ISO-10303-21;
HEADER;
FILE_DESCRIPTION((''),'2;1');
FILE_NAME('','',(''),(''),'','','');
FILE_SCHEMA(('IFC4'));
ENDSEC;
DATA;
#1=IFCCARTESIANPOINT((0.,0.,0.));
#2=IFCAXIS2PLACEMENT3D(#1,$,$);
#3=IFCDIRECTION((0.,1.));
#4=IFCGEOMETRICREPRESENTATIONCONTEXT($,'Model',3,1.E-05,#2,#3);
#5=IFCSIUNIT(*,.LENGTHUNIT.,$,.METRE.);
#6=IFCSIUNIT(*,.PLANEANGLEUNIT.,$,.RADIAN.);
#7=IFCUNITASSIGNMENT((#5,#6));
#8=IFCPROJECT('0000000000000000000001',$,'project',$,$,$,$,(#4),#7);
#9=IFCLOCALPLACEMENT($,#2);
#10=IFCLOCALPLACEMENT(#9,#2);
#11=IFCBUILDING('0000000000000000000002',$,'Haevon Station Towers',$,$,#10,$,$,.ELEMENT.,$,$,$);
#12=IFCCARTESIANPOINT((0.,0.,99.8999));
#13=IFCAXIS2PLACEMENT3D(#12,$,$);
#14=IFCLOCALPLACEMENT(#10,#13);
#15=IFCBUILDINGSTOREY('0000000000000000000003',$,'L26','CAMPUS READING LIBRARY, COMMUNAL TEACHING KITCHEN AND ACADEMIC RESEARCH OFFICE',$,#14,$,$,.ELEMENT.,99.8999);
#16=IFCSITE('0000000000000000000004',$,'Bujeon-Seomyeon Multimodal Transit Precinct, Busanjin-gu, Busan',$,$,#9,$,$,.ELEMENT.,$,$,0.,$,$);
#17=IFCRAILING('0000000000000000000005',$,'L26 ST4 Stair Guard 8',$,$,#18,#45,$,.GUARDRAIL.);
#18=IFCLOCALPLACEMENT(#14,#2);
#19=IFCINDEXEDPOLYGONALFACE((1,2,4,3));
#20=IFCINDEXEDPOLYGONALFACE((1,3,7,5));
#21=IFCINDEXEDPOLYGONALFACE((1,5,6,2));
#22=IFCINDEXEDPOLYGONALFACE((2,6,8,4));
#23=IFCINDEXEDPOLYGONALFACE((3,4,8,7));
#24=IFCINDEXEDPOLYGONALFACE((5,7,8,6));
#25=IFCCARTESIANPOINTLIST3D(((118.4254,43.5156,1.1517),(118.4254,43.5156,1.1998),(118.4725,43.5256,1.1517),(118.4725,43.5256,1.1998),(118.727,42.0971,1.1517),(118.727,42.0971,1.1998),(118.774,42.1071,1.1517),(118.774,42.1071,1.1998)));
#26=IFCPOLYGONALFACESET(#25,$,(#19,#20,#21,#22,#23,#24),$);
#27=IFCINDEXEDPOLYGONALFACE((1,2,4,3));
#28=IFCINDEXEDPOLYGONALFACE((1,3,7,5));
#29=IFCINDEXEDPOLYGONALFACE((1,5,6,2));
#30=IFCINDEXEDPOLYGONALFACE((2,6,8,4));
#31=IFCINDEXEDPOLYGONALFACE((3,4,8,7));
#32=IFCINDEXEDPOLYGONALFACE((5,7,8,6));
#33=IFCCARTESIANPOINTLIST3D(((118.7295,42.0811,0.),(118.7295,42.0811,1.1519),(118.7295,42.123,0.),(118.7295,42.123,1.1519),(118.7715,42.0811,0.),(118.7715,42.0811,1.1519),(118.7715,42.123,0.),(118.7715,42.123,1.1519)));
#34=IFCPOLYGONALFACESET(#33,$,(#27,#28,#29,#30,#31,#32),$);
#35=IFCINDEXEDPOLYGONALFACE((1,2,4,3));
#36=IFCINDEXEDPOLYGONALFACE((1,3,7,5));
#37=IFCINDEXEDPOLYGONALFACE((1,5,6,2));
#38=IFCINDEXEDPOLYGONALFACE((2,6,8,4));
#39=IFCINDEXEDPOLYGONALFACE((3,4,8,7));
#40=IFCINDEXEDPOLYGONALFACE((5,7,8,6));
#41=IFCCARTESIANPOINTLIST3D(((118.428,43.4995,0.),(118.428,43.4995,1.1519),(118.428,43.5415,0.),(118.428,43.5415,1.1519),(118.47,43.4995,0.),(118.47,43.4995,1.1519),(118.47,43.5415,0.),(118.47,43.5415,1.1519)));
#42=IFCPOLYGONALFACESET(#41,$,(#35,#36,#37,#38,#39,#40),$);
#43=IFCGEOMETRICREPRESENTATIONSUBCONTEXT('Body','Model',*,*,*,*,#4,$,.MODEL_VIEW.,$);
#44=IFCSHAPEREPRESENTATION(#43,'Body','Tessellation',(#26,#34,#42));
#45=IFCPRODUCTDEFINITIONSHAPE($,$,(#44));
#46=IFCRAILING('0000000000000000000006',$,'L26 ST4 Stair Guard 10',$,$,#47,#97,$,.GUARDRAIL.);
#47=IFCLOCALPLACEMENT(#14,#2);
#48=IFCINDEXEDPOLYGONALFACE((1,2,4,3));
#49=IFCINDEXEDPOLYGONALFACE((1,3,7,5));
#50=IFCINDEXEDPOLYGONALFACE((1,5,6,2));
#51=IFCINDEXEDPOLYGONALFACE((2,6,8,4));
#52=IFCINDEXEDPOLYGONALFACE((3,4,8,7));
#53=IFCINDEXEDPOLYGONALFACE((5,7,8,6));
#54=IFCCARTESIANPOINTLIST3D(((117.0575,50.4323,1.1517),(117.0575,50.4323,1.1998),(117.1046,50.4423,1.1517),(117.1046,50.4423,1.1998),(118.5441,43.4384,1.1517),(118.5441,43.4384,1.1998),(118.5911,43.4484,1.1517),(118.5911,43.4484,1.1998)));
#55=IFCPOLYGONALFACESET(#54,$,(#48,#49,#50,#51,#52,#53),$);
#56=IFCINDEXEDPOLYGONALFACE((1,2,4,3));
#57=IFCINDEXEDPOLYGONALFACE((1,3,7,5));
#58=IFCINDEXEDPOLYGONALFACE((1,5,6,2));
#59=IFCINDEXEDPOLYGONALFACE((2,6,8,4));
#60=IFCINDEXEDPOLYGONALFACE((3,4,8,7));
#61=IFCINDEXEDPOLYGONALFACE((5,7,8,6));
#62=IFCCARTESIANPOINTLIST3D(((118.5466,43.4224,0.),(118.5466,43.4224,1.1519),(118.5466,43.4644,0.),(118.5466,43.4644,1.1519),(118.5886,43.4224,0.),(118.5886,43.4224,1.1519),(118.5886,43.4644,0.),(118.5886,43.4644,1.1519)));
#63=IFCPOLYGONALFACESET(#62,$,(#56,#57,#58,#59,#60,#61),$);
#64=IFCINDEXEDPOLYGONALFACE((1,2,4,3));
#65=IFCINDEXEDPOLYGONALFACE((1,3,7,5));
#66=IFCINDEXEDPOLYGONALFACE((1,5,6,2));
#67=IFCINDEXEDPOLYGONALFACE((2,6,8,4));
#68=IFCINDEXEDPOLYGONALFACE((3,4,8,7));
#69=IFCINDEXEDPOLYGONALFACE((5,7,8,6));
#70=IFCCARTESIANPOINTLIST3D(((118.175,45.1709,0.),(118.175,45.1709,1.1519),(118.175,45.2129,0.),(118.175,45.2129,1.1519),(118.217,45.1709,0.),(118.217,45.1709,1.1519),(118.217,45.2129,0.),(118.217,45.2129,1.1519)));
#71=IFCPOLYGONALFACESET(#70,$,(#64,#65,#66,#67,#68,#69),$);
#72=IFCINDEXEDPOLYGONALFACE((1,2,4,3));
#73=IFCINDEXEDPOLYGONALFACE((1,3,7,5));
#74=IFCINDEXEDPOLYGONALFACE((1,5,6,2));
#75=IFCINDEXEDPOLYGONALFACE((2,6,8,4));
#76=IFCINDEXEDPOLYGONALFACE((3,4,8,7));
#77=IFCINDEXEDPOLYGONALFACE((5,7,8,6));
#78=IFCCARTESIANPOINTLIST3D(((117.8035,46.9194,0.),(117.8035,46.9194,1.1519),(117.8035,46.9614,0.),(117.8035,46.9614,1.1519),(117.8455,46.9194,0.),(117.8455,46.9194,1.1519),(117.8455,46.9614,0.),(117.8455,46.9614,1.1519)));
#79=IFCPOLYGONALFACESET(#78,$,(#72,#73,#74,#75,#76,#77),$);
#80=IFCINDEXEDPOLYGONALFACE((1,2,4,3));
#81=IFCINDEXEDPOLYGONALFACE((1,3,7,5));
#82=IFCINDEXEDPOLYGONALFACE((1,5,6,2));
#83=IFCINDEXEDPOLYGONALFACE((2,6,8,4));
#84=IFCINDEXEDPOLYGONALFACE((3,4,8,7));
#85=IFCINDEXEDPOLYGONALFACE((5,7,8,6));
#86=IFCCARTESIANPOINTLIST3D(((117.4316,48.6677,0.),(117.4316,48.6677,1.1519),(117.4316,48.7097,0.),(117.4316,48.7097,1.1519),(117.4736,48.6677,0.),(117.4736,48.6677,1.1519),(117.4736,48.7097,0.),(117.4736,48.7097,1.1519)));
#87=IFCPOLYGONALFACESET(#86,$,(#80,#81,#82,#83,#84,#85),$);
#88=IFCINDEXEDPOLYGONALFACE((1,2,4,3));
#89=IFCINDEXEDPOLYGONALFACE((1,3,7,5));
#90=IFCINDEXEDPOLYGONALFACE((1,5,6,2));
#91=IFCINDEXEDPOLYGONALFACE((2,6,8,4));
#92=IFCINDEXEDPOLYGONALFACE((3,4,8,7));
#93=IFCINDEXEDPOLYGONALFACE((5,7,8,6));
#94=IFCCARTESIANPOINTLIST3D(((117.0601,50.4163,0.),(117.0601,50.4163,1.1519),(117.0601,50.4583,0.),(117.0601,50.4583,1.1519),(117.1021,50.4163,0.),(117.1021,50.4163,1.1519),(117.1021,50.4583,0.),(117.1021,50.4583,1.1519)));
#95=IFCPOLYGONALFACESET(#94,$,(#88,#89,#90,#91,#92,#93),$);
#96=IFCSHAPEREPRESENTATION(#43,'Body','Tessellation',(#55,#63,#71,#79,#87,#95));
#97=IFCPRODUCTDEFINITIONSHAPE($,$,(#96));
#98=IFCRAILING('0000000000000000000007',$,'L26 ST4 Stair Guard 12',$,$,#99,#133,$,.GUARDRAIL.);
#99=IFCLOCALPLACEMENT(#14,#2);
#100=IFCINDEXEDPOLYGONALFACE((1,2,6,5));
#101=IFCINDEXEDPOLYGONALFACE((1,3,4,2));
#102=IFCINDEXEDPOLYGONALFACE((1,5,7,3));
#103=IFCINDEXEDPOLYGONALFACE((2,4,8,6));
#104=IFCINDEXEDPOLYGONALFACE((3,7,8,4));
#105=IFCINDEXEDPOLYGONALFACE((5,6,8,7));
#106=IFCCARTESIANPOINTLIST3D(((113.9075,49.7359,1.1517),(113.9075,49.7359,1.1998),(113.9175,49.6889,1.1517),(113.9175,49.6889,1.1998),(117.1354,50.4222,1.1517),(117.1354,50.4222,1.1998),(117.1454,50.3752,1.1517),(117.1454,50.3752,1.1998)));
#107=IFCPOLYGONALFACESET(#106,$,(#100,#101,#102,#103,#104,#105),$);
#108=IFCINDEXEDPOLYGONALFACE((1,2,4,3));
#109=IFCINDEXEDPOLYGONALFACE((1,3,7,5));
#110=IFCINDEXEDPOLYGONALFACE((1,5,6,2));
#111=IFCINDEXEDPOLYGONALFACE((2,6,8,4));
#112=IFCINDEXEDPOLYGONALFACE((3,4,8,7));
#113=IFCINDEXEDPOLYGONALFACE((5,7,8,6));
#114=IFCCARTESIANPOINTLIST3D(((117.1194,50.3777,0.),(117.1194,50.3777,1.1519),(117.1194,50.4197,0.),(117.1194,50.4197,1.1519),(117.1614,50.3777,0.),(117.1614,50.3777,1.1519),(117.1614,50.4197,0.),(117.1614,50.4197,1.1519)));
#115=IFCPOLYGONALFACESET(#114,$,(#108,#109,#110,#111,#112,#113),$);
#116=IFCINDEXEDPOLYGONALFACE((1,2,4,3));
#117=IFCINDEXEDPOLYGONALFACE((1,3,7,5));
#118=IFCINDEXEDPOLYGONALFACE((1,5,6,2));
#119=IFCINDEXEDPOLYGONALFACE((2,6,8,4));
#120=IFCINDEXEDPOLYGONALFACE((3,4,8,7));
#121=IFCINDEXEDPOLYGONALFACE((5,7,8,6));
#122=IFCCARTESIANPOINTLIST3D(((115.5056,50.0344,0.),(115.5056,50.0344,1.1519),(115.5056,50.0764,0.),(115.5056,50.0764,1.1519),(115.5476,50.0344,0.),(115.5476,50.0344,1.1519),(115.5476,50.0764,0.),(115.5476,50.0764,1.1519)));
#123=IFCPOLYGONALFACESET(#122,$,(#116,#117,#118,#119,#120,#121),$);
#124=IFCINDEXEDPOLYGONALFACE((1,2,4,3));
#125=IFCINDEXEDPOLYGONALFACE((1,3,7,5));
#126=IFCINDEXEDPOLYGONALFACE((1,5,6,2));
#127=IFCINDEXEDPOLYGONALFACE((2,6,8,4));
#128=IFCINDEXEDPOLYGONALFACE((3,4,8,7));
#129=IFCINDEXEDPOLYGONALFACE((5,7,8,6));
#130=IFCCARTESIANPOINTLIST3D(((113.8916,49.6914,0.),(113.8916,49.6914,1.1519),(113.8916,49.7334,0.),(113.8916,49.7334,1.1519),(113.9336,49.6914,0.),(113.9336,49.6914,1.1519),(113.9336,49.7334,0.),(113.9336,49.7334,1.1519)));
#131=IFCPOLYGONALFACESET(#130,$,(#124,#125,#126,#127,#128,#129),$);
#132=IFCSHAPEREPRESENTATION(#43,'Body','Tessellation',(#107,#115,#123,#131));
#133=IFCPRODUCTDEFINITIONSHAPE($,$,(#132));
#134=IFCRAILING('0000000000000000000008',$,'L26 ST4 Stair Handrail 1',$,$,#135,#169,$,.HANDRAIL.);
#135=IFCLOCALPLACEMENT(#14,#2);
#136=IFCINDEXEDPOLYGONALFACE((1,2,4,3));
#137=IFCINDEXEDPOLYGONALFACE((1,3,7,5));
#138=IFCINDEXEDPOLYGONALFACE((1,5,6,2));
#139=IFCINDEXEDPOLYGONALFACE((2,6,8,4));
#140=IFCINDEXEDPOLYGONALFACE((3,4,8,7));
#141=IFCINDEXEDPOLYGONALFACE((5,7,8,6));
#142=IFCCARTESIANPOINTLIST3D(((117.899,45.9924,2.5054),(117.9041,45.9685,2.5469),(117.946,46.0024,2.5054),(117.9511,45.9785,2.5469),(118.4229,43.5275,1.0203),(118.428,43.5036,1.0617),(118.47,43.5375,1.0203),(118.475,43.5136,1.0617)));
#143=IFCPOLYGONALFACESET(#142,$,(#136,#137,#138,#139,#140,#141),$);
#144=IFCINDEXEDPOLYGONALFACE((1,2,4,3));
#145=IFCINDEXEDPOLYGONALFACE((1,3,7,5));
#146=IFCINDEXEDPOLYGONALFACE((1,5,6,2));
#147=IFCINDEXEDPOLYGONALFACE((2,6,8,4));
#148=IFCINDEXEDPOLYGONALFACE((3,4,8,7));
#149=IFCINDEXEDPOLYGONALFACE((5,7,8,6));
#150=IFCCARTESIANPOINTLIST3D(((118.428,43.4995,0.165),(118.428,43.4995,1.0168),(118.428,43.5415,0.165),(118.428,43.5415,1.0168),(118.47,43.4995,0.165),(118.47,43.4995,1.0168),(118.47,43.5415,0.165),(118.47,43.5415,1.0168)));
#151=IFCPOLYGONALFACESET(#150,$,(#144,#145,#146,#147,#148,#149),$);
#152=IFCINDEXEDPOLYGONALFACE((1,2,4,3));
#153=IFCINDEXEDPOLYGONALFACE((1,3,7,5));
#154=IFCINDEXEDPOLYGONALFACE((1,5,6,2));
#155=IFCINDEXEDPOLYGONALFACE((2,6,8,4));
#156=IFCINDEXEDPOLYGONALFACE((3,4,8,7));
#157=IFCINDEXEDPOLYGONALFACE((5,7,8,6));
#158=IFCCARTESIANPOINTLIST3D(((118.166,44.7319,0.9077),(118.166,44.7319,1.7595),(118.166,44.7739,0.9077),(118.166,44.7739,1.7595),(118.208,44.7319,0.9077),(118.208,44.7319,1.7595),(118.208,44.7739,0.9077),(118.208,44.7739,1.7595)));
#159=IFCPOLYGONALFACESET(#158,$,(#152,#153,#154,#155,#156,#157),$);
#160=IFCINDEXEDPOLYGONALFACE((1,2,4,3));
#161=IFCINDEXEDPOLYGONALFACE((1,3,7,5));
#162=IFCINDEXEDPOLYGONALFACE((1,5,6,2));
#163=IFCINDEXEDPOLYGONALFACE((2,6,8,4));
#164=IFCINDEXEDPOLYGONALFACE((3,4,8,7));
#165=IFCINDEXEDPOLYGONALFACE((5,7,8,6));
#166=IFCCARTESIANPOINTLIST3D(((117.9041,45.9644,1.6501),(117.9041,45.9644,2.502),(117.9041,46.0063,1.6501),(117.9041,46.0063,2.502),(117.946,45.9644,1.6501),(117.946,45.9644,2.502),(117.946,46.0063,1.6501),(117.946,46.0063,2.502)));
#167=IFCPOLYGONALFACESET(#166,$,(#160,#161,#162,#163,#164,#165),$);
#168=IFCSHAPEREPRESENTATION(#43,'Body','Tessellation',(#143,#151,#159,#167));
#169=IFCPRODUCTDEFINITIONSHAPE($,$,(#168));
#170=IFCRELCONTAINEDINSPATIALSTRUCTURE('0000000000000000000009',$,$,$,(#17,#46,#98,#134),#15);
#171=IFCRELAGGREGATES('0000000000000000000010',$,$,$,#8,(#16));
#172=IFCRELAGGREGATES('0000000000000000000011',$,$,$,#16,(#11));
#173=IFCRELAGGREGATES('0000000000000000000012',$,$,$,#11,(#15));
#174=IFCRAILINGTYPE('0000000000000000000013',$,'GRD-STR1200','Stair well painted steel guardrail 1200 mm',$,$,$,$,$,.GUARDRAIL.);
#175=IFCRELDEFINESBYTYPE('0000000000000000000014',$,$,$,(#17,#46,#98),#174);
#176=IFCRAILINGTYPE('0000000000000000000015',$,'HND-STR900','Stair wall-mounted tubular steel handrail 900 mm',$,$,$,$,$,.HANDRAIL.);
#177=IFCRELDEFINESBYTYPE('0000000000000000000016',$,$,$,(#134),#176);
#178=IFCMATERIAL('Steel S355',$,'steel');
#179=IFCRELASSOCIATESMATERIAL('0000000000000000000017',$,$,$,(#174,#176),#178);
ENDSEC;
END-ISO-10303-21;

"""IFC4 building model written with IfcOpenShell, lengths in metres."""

from ifc_helpers import new_model, si_unit, direction, frame, origin, origin_2d, place, context, subcontext, project, spatial, rectangle, extrude, material, type_object, element, save


model = new_model("IFC4")

# Units and contexts
model_context = context("Model", 3, precision=1e-05, world=origin(), true_north=direction((0.0, 1.0)))
body_context = subcontext(model_context, "Body", "Model", "MODEL_VIEW")
ifc_project = project(units=[si_unit("LENGTHUNIT", "METRE"), si_unit("PLANEANGLEUNIT", "RADIAN")], contexts=[model_context])

# Site, building, storey
site_placement = place(None, origin())
site = spatial("IfcSite", under=ifc_project, at=site_placement, Name="Bujeon-Seomyeon Multimodal Transit Precinct, Busanjin-gu, Busan", CompositionType="ELEMENT", RefElevation=0.0)
building_placement = place(site_placement, origin())
building = spatial("IfcBuilding", under=site, at=building_placement, Name="Haevon Station Towers", CompositionType="ELEMENT")
storey_placement = place(building_placement, frame((0.0, 0.0, 99.8999)))
storey = spatial("IfcBuildingStorey", under=building, at=storey_placement, Name="L26", Description="CAMPUS READING LIBRARY, COMMUNAL TEACHING KITCHEN AND ACADEMIC RESEARCH OFFICE", CompositionType="ELEMENT", Elevation=99.8999)

# Shared definitions
ifc_material_1 = material(Name="Steel S355", Category="steel")

# Railings
railing_type_1 = type_object("IfcRailingType", Name="GRD-STR1200", Description="Stair well painted steel guardrail 1200 mm", PredefinedType="GUARDRAIL", material=ifc_material_1)
railing_1_placement = place(storey_placement, frame((118.7505, 42.1021, 0.0)))
element("IfcRailing", 1, at=railing_1_placement, inside=storey, type_object=railing_type_1, Name="L26 ST4 Stair Guard 8", PredefinedType="GUARDRAIL", context=body_context, shape_type="SweptSolid", body=[
    extrude(rectangle(XDim=0.0481, YDim=0.0481, at=origin_2d()), frame((0.0, 0.0, 1.1758), z_axis=(-0.207919, 0.978146, 0.0), x_axis=(-0.978146, -0.207919, 0.0)), (0.0, 0.0, 1.0), 1.4502),
    extrude(rectangle(XDim=0.042, YDim=0.042, at=origin_2d()), origin(), (0.0, 0.0, 1.0), 1.1519),
    extrude(rectangle(XDim=0.042, YDim=0.042, at=origin_2d()), frame((-0.3015, 1.4185, 0.0)), (0.0, 0.0, 1.0), 1.1519),
])
railing_2_placement = place(storey_placement, frame((118.5676, 43.4434, 0.0)))
element("IfcRailing", 2, at=railing_2_placement, inside=storey, type_object=railing_type_1, Name="L26 ST4 Stair Guard 10", PredefinedType="GUARDRAIL", context=body_context, shape_type="SweptSolid", body=[
    extrude(rectangle(XDim=0.0481, YDim=0.0481, at=origin_2d()), frame((0.0, 0.0, 1.1758), z_axis=(-0.207908, 0.978148, 0.0), x_axis=(-0.978148, -0.207908, 0.0)), (0.0, 0.0, 1.0), 7.1501),
    extrude(rectangle(XDim=0.042, YDim=0.042, at=origin_2d()), origin(), (0.0, 0.0, 1.0), 1.1519),
    extrude(rectangle(XDim=0.042, YDim=0.042, at=origin_2d()), frame((-0.3716, 1.7485, 0.0)), (0.0, 0.0, 1.0), 1.1519),
    extrude(rectangle(XDim=0.042, YDim=0.042, at=origin_2d()), frame((-0.7432, 3.4971, 0.0)), (0.0, 0.0, 1.0), 1.1519),
    extrude(rectangle(XDim=0.042, YDim=0.042, at=origin_2d()), frame((-1.115, 5.2454, 0.0)), (0.0, 0.0, 1.0), 1.1519),
    extrude(rectangle(XDim=0.042, YDim=0.042, at=origin_2d()), frame((-1.4866, 6.9939, 0.0)), (0.0, 0.0, 1.0), 1.1519),
])
railing_3_placement = place(storey_placement, frame((117.1404, 50.3987, 0.0)))
element("IfcRailing", 3, at=railing_3_placement, inside=storey, type_object=railing_type_1, Name="L26 ST4 Stair Guard 12", PredefinedType="GUARDRAIL", context=body_context, shape_type="SweptSolid", body=[
    extrude(rectangle(XDim=0.0481, YDim=0.0481, at=origin_2d()), frame((0.0, 0.0, 1.1758), z_axis=(-0.978136, -0.207968, 0.0), x_axis=(0.207968, -0.978136, 0.0)), (0.0, 0.0, 1.0), 3.3),
    extrude(rectangle(XDim=0.042, YDim=0.042, at=origin_2d()), origin(), (0.0, 0.0, 1.0), 1.1519),
    extrude(rectangle(XDim=0.042, YDim=0.042, at=origin_2d()), frame((-1.6138, -0.3433, 0.0)), (0.0, 0.0, 1.0), 1.1519),
    extrude(rectangle(XDim=0.042, YDim=0.042, at=origin_2d()), frame((-3.2278, -0.6863, 0.0)), (0.0, 0.0, 1.0), 1.1519),
])
railing_type_2 = type_object("IfcRailingType", Name="HND-STR900", Description="Stair wall-mounted tubular steel handrail 900 mm", PredefinedType="HANDRAIL", material=ifc_material_1)
railing_4_placement = place(storey_placement, frame((118.449, 43.5205, 0.165)))
element("IfcRailing", 4, at=railing_4_placement, inside=storey, type_object=railing_type_2, Name="L26 ST4 Stair Handrail 1", PredefinedType="HANDRAIL", context=body_context, shape_type="SweptSolid", body=[
    extrude(rectangle(XDim=0.0481, YDim=0.0481, at=origin_2d()), frame((0.0, 0.0, 0.876), z_axis=(-0.179121, 0.842688, 0.507733), x_axis=(-0.978147, -0.207914, 0.0)), (0.0, 0.0, 1.0), 2.925),
    extrude(rectangle(XDim=0.042, YDim=0.042, at=origin_2d()), origin(), (0.0, 0.0, 1.0), 0.8518),
    extrude(rectangle(XDim=0.042, YDim=0.042, at=origin_2d()), frame((-0.262, 1.2324, 0.7427)), (0.0, 0.0, 1.0), 0.8518),
    extrude(rectangle(XDim=0.042, YDim=0.042, at=origin_2d()), frame((-0.5239, 2.4648, 1.4851)), (0.0, 0.0, 1.0), 0.8518),
])

save(model, "model.ifc")
